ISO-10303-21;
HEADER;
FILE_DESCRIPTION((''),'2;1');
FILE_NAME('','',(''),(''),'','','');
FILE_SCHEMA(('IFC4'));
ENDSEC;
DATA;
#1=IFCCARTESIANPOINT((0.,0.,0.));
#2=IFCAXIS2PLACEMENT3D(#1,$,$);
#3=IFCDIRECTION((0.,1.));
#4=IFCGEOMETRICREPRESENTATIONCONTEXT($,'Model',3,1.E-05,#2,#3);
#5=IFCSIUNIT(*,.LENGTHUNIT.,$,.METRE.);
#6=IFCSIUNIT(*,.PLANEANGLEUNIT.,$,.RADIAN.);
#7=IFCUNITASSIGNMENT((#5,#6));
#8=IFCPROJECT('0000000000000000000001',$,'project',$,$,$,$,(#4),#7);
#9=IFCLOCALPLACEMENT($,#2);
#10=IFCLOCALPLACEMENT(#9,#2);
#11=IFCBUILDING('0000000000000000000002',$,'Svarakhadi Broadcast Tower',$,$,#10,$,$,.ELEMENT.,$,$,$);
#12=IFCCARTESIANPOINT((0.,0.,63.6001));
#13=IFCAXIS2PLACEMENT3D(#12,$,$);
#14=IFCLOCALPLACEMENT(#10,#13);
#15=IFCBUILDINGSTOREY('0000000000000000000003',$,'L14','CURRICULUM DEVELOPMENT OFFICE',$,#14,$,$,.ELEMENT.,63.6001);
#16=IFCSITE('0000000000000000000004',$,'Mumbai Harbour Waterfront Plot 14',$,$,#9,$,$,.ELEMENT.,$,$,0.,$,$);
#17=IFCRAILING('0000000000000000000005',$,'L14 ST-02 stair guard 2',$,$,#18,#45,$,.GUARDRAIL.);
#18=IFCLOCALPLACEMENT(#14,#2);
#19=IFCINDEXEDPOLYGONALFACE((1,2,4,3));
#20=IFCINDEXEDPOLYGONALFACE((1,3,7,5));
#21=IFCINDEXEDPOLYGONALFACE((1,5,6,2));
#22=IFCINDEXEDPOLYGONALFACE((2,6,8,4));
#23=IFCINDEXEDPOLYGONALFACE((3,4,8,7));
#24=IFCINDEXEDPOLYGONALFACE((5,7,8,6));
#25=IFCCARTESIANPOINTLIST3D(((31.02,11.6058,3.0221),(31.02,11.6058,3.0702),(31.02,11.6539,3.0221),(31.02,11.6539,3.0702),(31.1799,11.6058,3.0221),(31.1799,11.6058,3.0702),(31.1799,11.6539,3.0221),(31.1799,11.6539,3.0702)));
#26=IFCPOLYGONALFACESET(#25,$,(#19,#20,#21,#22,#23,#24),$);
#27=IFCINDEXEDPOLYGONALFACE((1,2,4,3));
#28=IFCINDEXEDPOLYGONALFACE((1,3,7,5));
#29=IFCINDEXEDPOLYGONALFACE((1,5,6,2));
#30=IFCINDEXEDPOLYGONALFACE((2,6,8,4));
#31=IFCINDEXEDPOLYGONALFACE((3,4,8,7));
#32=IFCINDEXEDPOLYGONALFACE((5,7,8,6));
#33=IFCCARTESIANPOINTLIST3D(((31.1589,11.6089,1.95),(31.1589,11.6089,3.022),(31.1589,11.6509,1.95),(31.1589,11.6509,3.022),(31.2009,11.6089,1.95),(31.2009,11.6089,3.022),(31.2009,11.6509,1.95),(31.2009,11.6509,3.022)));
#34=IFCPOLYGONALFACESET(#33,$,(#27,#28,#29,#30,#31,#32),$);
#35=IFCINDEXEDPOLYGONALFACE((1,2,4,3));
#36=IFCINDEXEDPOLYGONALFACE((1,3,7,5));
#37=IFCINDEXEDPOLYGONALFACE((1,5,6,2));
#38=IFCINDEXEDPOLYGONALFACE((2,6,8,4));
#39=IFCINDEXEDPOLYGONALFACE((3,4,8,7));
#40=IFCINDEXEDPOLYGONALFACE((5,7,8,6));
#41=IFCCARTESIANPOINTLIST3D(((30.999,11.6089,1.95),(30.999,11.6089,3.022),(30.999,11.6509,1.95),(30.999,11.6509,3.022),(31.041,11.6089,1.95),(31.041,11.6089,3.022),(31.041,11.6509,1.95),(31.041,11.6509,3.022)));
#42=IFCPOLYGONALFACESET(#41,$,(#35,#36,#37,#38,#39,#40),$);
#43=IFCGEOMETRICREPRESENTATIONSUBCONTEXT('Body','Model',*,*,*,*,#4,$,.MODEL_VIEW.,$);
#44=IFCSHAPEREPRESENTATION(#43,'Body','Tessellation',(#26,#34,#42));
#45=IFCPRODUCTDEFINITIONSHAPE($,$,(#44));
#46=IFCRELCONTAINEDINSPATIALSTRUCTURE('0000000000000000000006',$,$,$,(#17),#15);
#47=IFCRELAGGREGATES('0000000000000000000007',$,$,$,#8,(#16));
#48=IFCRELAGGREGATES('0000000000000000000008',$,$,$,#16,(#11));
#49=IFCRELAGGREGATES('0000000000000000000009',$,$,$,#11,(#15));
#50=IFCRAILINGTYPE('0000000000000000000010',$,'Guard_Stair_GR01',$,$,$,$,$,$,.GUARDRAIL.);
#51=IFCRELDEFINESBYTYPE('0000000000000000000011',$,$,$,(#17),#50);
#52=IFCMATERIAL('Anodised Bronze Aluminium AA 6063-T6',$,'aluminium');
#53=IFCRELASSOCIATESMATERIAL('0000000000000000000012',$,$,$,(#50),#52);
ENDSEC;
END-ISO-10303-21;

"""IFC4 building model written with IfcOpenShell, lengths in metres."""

from ifc_helpers import new_model, si_unit, direction, frame, origin, origin_2d, place, context, subcontext, project, spatial, rectangle, extrude, material, type_object, element, save


model = new_model("IFC4")

# Units and contexts
model_context = context("Model", 3, precision=1e-05, world=origin(), true_north=direction((0.0, 1.0)))
body_context = subcontext(model_context, "Body", "Model", "MODEL_VIEW")
ifc_project = project(units=[si_unit("LENGTHUNIT", "METRE"), si_unit("PLANEANGLEUNIT", "RADIAN")], contexts=[model_context])

# Site, building, storey
site_placement = place(None, origin())
site = spatial("IfcSite", under=ifc_project, at=site_placement, Name="Mumbai Harbour Waterfront Plot 14", CompositionType="ELEMENT", RefElevation=0.0)
building_placement = place(site_placement, origin())
building = spatial("IfcBuilding", under=site, at=building_placement, Name="Svarakhadi Broadcast Tower", CompositionType="ELEMENT")
storey_placement = place(building_placement, frame((0.0, 0.0, 63.6001)))
storey = spatial("IfcBuildingStorey", under=building, at=storey_placement, Name="L14", Description="CURRICULUM DEVELOPMENT OFFICE", CompositionType="ELEMENT", Elevation=63.6001)

# Railing
ifc_material_1 = material(Name="Anodised Bronze Aluminium AA 6063-T6", Category="aluminium")
railing_type = type_object("IfcRailingType", Name="Guard_Stair_GR01", PredefinedType="GUARDRAIL", material=ifc_material_1)
railing_placement = place(storey_placement, frame((31.1799, 11.6299, 1.95)))
element("IfcRailing", 1, at=railing_placement, inside=storey, type_object=railing_type, Name="L14 ST-02 stair guard 2", PredefinedType="GUARDRAIL", context=body_context, shape_type="SweptSolid", body=[
    extrude(rectangle(XDim=0.0481, YDim=0.0481, at=origin_2d()), frame((0.0, 0.0, 1.0962), z_axis=(-1.0, 0.0, 0.0), x_axis=(0.0, -1.0, 0.0)), (0.0, 0.0, 1.0), 0.1599),
    extrude(rectangle(XDim=0.042, YDim=0.042, at=origin_2d()), origin(), (0.0, 0.0, 1.0), 1.072),
    extrude(rectangle(XDim=0.042, YDim=0.042, at=origin_2d()), frame((-0.1599, 0.0, 0.0)), (0.0, 0.0, 1.0), 1.072),
])

save(model, "model.ifc")
